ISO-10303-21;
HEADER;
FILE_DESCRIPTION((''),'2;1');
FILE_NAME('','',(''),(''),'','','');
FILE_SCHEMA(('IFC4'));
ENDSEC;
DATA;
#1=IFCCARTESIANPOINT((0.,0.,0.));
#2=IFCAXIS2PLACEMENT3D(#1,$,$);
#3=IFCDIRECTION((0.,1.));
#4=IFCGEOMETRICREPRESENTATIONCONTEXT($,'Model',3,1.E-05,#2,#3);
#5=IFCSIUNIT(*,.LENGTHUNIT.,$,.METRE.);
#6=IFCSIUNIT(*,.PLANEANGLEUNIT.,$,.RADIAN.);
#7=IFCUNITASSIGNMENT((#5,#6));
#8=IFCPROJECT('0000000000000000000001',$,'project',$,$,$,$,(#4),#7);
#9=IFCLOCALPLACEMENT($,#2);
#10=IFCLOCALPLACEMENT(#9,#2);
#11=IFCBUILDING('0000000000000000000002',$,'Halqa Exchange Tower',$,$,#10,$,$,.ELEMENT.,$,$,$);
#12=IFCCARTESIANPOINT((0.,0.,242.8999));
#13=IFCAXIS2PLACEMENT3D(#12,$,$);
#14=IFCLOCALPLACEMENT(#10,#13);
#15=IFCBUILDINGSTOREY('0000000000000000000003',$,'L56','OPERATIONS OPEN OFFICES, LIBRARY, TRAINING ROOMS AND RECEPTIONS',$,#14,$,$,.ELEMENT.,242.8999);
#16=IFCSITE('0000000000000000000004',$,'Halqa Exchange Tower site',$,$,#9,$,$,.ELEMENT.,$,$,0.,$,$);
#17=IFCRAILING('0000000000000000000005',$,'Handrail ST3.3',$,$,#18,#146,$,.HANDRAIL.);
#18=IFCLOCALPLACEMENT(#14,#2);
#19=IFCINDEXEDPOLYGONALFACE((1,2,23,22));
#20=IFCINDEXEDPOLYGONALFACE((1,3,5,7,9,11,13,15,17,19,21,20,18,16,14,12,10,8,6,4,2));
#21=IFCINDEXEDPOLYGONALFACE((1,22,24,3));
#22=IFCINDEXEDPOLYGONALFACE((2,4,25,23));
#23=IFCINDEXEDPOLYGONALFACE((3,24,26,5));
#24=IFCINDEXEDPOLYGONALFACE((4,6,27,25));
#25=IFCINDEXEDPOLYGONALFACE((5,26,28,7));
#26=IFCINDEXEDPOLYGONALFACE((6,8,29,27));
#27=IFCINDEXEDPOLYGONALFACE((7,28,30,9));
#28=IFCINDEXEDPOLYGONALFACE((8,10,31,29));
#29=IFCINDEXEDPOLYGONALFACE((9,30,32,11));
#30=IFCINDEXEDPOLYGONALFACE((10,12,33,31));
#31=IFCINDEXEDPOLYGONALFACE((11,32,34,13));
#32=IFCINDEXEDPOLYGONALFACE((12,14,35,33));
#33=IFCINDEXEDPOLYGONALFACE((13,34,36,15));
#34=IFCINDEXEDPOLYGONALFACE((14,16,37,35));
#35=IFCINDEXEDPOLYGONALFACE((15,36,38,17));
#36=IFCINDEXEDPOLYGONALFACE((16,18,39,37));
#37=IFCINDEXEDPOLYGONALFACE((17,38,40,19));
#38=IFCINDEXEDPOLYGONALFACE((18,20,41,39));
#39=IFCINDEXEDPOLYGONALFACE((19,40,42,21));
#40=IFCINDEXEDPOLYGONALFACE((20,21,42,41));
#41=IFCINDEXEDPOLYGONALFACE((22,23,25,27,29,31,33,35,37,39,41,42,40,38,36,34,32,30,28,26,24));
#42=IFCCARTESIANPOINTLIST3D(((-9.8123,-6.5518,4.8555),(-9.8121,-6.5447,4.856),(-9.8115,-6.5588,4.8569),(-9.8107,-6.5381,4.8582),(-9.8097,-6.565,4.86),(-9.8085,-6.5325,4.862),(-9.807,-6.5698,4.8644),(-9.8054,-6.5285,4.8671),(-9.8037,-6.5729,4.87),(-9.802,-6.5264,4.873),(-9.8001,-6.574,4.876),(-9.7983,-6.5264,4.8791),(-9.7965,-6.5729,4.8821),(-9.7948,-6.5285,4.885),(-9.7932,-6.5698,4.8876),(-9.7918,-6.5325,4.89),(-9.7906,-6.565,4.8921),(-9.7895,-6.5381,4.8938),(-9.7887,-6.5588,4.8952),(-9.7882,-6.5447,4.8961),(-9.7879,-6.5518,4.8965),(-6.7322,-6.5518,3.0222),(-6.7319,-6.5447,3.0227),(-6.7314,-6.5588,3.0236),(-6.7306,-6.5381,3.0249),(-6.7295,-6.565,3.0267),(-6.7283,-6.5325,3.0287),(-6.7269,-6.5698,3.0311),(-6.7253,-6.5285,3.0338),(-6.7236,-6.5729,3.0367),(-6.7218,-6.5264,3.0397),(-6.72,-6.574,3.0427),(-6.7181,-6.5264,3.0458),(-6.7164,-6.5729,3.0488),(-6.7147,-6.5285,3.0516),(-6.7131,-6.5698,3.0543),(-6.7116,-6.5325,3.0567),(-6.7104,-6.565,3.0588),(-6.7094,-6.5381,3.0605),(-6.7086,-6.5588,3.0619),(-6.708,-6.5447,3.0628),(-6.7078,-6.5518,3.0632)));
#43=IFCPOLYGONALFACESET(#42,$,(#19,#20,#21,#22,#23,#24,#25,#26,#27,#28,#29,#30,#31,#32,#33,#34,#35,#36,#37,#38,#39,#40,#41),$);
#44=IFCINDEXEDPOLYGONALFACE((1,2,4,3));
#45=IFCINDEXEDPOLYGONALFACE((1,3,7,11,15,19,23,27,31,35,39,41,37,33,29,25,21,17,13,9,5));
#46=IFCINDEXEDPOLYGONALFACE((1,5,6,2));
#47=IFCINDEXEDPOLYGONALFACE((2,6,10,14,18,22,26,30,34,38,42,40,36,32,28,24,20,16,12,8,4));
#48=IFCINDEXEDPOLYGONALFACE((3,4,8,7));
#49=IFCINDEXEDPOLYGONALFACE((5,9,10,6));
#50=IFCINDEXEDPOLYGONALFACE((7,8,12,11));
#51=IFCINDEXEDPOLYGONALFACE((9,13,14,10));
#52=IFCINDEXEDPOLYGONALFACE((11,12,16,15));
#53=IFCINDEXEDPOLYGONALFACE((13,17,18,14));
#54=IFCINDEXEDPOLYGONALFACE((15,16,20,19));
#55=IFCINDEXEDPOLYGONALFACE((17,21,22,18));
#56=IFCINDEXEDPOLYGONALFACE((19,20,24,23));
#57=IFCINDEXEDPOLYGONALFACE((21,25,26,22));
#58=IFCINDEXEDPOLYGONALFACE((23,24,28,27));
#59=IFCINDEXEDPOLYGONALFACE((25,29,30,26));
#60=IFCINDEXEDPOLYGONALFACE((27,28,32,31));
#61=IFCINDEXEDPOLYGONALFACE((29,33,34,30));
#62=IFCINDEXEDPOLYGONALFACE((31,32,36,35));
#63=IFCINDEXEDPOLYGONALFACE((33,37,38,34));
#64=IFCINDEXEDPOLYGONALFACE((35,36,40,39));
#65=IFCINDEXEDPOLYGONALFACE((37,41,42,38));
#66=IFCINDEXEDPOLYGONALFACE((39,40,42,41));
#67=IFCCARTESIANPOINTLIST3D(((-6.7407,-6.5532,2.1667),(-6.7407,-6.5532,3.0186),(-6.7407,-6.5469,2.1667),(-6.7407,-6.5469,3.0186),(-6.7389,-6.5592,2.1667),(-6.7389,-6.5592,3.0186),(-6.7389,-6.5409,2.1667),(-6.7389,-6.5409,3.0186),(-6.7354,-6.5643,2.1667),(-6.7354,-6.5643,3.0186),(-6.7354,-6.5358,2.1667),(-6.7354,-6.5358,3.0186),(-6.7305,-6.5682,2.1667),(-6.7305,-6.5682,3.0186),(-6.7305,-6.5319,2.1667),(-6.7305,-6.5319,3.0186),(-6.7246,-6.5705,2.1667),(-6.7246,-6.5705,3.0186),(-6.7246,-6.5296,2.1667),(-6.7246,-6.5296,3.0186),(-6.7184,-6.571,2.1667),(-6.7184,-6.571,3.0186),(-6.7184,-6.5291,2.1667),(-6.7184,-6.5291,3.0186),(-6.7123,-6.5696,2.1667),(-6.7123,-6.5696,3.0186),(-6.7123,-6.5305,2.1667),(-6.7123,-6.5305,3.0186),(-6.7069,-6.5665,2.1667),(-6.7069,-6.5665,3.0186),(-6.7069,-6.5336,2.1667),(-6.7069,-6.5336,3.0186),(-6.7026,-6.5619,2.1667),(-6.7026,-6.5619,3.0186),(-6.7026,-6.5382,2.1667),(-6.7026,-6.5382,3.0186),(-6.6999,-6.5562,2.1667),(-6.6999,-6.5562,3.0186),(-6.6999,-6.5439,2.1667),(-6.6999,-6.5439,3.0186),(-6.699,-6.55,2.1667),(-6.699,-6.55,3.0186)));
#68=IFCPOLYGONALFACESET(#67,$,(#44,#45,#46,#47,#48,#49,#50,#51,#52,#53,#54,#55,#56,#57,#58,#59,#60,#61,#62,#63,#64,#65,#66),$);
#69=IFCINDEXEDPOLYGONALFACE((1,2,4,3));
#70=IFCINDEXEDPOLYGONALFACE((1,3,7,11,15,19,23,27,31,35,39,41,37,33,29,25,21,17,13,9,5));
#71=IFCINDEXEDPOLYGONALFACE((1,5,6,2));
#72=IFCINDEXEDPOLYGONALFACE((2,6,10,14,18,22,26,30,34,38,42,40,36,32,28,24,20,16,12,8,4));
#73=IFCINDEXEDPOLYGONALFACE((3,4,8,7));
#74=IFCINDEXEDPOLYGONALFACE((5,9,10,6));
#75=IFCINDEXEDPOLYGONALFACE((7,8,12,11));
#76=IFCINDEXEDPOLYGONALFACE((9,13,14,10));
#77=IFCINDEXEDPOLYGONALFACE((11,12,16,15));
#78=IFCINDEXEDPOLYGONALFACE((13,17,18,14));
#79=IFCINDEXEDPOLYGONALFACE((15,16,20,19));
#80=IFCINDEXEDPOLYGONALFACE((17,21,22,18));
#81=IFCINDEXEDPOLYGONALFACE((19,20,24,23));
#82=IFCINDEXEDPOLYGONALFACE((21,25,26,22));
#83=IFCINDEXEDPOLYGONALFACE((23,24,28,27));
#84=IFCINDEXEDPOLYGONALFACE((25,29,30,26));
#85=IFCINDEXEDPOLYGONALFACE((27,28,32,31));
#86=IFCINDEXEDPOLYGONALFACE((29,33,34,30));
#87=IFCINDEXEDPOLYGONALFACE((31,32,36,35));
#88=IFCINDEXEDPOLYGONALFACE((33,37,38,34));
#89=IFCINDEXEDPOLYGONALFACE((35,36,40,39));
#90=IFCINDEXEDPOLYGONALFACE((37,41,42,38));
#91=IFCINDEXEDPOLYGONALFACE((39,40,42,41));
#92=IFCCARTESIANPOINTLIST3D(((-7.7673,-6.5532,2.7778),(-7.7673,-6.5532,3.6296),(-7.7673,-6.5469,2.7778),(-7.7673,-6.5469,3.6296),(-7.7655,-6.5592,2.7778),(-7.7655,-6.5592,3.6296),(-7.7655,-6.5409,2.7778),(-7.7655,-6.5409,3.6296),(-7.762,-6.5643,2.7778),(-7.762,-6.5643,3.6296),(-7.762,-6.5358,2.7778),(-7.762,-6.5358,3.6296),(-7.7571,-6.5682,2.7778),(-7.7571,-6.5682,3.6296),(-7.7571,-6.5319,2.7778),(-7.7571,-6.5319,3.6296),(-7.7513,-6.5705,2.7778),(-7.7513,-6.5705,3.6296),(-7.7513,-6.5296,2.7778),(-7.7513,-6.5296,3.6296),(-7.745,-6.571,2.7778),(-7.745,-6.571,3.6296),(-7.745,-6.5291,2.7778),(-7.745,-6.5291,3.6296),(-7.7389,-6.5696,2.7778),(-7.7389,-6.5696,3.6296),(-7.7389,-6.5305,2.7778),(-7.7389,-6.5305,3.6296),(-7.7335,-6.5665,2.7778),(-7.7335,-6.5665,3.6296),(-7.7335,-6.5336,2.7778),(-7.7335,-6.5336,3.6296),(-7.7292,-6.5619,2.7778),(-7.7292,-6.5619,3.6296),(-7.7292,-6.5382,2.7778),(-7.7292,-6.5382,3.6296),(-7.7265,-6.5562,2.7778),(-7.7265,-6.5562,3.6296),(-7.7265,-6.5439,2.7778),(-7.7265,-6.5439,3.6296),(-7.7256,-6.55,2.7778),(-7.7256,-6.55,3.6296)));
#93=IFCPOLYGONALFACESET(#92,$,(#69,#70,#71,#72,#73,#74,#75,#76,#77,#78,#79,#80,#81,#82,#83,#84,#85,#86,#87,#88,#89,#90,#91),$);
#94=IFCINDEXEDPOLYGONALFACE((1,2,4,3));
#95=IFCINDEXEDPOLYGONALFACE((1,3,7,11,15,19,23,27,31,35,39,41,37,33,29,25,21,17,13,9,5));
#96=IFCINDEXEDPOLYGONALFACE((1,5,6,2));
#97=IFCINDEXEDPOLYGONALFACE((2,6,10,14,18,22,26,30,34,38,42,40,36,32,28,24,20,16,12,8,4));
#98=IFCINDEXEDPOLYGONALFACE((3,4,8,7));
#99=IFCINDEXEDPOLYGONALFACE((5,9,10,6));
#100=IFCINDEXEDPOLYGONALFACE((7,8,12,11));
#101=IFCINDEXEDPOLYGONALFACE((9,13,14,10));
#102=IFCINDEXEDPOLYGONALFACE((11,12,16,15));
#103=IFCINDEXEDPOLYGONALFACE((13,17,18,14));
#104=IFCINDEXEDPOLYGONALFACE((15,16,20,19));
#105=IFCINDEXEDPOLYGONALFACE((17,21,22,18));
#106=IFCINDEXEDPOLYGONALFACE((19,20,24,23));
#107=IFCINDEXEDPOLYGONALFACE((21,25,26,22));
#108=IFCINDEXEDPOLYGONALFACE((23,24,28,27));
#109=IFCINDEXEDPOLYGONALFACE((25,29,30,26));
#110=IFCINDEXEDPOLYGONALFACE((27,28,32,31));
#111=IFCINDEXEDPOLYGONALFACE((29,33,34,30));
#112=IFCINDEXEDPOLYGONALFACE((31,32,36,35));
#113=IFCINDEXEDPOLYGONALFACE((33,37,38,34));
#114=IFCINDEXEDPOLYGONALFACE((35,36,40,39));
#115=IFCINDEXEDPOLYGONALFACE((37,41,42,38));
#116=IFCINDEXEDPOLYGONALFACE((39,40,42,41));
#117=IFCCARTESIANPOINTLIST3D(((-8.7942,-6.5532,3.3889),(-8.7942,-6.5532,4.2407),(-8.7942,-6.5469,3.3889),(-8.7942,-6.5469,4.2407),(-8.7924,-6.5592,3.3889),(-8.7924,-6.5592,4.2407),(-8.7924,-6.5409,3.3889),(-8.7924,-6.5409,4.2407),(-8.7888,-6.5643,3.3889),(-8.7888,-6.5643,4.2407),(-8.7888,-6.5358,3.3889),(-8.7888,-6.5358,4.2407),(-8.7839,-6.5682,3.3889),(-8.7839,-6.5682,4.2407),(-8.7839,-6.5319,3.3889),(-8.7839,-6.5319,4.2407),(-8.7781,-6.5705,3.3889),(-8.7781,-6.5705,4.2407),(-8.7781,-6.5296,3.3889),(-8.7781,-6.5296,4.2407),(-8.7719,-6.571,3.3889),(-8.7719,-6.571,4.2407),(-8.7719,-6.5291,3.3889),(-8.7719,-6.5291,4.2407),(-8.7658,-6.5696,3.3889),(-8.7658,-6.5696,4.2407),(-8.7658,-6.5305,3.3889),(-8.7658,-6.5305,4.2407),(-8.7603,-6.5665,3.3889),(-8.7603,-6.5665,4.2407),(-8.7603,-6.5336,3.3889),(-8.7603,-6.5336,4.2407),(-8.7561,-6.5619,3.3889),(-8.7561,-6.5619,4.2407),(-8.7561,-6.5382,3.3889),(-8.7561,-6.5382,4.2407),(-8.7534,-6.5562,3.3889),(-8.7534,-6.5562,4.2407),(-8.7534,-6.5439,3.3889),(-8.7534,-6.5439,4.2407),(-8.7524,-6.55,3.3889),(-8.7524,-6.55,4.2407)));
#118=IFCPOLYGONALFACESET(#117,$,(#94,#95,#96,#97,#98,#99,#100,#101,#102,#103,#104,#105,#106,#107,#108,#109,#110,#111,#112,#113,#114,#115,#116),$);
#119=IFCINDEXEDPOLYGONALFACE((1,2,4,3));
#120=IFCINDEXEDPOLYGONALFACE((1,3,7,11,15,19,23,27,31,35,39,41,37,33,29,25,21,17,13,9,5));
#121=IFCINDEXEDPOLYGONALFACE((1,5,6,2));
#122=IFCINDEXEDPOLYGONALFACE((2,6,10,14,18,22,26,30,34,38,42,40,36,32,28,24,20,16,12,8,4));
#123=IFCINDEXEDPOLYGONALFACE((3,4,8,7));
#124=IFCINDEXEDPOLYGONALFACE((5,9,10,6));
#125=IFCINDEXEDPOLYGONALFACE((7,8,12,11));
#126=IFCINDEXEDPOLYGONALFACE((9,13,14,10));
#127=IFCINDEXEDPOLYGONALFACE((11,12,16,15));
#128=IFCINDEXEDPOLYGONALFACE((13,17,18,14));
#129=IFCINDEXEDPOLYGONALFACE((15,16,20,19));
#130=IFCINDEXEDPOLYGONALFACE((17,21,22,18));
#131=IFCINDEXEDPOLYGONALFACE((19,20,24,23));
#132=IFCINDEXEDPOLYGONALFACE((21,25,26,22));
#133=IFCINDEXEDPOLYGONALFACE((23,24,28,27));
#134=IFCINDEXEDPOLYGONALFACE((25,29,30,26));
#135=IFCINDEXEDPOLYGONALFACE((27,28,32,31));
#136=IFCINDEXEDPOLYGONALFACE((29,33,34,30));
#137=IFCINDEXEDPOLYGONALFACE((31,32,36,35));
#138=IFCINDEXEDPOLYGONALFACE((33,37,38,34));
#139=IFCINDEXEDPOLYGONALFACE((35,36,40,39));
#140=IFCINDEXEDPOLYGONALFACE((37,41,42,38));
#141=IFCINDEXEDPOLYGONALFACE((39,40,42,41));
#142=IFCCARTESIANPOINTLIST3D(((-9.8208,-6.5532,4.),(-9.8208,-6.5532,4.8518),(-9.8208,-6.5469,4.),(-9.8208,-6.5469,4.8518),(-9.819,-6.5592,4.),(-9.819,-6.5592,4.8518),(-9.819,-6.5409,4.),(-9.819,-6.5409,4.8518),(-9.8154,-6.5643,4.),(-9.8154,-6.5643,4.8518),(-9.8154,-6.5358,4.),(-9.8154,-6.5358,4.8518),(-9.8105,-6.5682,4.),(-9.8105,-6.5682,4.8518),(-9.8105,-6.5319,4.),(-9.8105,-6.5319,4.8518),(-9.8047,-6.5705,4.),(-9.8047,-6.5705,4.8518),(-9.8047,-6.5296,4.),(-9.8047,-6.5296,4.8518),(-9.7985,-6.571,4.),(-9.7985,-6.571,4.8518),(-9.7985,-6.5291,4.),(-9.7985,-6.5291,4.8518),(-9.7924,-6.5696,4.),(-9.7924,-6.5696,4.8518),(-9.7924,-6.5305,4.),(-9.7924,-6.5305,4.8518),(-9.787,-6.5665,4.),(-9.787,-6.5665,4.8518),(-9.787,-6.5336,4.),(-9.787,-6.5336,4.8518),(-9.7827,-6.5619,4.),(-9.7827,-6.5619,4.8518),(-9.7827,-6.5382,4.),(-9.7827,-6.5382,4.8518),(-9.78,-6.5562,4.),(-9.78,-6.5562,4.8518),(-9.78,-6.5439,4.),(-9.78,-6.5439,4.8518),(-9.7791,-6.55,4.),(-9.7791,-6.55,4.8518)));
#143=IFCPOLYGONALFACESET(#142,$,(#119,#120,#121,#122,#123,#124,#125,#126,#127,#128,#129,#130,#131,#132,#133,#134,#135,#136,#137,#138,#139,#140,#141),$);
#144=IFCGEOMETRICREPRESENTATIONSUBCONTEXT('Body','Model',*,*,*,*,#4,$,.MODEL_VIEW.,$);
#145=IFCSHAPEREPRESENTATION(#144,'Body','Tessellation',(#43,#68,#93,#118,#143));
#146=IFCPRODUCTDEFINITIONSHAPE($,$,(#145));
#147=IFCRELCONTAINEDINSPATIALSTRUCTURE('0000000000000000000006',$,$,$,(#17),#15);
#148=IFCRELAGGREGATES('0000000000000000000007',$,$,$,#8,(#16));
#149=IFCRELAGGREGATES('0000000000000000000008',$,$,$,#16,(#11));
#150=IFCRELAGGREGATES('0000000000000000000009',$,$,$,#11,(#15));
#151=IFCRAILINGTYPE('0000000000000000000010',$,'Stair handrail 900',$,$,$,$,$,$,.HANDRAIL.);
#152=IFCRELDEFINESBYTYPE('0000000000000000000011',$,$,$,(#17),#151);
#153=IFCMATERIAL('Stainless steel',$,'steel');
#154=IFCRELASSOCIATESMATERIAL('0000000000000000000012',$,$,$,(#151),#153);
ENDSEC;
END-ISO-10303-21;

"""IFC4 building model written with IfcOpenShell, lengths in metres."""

from ifc_helpers import new_model, si_unit, direction, frame, origin, origin_2d, place, context, subcontext, project, spatial, circle, extrude, material, type_object, element, save


model = new_model("IFC4")

# Units and contexts
model_context = context("Model", 3, precision=1e-05, world=origin(), true_north=direction((0.0, 1.0)))
body_context = subcontext(model_context, "Body", "Model", "MODEL_VIEW")
ifc_project = project(units=[si_unit("LENGTHUNIT", "METRE"), si_unit("PLANEANGLEUNIT", "RADIAN")], contexts=[model_context])

# Site, building, storey
site_placement = place(None, origin())
site = spatial("IfcSite", under=ifc_project, at=site_placement, Name="Halqa Exchange Tower site", CompositionType="ELEMENT", RefElevation=0.0)
building_placement = place(site_placement, origin())
building = spatial("IfcBuilding", under=site, at=building_placement, Name="Halqa Exchange Tower", CompositionType="ELEMENT")
storey_placement = place(building_placement, frame((0.0, 0.0, 242.8999)))
storey = spatial("IfcBuildingStorey", under=building, at=storey_placement, Name="L56", Description="OPERATIONS OPEN OFFICES, LIBRARY, TRAINING ROOMS AND RECEPTIONS", CompositionType="ELEMENT", Elevation=242.8999)

# Shared definitions
ifc_material_1 = material(Name="Stainless steel", Category="steel")

# Railing
railing_type_1 = type_object("IfcRailingType", Name="Stair handrail 900", PredefinedType="HANDRAIL", material=ifc_material_1)
railing_1_placement = place(storey_placement, frame((-6.72, -6.55, 2.1667)))
element("IfcRailing", 1, at=railing_1_placement, inside=storey, type_object=railing_type_1, Name="Handrail ST3.3", PredefinedType="HANDRAIL", context=body_context, shape_type="SweptSolid", body=[
    extrude(circle(Radius=0.0239, at=origin_2d()), frame((0.0, 0.0, 0.876), z_axis=(-0.859309, 0.0, 0.511458), x_axis=(0.0, -1.0, 0.0)), (0.0, 0.0, 1.0), 3.5845),
    extrude(circle(Radius=0.021, at=origin_2d()), origin(), (0.0, 0.0, 1.0), 0.8518),
    extrude(circle(Radius=0.021, at=origin_2d()), frame((-1.0266, 0.0, 0.6111)), (0.0, 0.0, 1.0), 0.8518),
    extrude(circle(Radius=0.021, at=origin_2d()), frame((-2.0535, 0.0, 1.2222)), (0.0, 0.0, 1.0), 0.8518),
    extrude(circle(Radius=0.021, at=origin_2d()), frame((-3.0801, 0.0, 1.8333)), (0.0, 0.0, 1.0), 0.8518),
])

save(model, "model.ifc")
